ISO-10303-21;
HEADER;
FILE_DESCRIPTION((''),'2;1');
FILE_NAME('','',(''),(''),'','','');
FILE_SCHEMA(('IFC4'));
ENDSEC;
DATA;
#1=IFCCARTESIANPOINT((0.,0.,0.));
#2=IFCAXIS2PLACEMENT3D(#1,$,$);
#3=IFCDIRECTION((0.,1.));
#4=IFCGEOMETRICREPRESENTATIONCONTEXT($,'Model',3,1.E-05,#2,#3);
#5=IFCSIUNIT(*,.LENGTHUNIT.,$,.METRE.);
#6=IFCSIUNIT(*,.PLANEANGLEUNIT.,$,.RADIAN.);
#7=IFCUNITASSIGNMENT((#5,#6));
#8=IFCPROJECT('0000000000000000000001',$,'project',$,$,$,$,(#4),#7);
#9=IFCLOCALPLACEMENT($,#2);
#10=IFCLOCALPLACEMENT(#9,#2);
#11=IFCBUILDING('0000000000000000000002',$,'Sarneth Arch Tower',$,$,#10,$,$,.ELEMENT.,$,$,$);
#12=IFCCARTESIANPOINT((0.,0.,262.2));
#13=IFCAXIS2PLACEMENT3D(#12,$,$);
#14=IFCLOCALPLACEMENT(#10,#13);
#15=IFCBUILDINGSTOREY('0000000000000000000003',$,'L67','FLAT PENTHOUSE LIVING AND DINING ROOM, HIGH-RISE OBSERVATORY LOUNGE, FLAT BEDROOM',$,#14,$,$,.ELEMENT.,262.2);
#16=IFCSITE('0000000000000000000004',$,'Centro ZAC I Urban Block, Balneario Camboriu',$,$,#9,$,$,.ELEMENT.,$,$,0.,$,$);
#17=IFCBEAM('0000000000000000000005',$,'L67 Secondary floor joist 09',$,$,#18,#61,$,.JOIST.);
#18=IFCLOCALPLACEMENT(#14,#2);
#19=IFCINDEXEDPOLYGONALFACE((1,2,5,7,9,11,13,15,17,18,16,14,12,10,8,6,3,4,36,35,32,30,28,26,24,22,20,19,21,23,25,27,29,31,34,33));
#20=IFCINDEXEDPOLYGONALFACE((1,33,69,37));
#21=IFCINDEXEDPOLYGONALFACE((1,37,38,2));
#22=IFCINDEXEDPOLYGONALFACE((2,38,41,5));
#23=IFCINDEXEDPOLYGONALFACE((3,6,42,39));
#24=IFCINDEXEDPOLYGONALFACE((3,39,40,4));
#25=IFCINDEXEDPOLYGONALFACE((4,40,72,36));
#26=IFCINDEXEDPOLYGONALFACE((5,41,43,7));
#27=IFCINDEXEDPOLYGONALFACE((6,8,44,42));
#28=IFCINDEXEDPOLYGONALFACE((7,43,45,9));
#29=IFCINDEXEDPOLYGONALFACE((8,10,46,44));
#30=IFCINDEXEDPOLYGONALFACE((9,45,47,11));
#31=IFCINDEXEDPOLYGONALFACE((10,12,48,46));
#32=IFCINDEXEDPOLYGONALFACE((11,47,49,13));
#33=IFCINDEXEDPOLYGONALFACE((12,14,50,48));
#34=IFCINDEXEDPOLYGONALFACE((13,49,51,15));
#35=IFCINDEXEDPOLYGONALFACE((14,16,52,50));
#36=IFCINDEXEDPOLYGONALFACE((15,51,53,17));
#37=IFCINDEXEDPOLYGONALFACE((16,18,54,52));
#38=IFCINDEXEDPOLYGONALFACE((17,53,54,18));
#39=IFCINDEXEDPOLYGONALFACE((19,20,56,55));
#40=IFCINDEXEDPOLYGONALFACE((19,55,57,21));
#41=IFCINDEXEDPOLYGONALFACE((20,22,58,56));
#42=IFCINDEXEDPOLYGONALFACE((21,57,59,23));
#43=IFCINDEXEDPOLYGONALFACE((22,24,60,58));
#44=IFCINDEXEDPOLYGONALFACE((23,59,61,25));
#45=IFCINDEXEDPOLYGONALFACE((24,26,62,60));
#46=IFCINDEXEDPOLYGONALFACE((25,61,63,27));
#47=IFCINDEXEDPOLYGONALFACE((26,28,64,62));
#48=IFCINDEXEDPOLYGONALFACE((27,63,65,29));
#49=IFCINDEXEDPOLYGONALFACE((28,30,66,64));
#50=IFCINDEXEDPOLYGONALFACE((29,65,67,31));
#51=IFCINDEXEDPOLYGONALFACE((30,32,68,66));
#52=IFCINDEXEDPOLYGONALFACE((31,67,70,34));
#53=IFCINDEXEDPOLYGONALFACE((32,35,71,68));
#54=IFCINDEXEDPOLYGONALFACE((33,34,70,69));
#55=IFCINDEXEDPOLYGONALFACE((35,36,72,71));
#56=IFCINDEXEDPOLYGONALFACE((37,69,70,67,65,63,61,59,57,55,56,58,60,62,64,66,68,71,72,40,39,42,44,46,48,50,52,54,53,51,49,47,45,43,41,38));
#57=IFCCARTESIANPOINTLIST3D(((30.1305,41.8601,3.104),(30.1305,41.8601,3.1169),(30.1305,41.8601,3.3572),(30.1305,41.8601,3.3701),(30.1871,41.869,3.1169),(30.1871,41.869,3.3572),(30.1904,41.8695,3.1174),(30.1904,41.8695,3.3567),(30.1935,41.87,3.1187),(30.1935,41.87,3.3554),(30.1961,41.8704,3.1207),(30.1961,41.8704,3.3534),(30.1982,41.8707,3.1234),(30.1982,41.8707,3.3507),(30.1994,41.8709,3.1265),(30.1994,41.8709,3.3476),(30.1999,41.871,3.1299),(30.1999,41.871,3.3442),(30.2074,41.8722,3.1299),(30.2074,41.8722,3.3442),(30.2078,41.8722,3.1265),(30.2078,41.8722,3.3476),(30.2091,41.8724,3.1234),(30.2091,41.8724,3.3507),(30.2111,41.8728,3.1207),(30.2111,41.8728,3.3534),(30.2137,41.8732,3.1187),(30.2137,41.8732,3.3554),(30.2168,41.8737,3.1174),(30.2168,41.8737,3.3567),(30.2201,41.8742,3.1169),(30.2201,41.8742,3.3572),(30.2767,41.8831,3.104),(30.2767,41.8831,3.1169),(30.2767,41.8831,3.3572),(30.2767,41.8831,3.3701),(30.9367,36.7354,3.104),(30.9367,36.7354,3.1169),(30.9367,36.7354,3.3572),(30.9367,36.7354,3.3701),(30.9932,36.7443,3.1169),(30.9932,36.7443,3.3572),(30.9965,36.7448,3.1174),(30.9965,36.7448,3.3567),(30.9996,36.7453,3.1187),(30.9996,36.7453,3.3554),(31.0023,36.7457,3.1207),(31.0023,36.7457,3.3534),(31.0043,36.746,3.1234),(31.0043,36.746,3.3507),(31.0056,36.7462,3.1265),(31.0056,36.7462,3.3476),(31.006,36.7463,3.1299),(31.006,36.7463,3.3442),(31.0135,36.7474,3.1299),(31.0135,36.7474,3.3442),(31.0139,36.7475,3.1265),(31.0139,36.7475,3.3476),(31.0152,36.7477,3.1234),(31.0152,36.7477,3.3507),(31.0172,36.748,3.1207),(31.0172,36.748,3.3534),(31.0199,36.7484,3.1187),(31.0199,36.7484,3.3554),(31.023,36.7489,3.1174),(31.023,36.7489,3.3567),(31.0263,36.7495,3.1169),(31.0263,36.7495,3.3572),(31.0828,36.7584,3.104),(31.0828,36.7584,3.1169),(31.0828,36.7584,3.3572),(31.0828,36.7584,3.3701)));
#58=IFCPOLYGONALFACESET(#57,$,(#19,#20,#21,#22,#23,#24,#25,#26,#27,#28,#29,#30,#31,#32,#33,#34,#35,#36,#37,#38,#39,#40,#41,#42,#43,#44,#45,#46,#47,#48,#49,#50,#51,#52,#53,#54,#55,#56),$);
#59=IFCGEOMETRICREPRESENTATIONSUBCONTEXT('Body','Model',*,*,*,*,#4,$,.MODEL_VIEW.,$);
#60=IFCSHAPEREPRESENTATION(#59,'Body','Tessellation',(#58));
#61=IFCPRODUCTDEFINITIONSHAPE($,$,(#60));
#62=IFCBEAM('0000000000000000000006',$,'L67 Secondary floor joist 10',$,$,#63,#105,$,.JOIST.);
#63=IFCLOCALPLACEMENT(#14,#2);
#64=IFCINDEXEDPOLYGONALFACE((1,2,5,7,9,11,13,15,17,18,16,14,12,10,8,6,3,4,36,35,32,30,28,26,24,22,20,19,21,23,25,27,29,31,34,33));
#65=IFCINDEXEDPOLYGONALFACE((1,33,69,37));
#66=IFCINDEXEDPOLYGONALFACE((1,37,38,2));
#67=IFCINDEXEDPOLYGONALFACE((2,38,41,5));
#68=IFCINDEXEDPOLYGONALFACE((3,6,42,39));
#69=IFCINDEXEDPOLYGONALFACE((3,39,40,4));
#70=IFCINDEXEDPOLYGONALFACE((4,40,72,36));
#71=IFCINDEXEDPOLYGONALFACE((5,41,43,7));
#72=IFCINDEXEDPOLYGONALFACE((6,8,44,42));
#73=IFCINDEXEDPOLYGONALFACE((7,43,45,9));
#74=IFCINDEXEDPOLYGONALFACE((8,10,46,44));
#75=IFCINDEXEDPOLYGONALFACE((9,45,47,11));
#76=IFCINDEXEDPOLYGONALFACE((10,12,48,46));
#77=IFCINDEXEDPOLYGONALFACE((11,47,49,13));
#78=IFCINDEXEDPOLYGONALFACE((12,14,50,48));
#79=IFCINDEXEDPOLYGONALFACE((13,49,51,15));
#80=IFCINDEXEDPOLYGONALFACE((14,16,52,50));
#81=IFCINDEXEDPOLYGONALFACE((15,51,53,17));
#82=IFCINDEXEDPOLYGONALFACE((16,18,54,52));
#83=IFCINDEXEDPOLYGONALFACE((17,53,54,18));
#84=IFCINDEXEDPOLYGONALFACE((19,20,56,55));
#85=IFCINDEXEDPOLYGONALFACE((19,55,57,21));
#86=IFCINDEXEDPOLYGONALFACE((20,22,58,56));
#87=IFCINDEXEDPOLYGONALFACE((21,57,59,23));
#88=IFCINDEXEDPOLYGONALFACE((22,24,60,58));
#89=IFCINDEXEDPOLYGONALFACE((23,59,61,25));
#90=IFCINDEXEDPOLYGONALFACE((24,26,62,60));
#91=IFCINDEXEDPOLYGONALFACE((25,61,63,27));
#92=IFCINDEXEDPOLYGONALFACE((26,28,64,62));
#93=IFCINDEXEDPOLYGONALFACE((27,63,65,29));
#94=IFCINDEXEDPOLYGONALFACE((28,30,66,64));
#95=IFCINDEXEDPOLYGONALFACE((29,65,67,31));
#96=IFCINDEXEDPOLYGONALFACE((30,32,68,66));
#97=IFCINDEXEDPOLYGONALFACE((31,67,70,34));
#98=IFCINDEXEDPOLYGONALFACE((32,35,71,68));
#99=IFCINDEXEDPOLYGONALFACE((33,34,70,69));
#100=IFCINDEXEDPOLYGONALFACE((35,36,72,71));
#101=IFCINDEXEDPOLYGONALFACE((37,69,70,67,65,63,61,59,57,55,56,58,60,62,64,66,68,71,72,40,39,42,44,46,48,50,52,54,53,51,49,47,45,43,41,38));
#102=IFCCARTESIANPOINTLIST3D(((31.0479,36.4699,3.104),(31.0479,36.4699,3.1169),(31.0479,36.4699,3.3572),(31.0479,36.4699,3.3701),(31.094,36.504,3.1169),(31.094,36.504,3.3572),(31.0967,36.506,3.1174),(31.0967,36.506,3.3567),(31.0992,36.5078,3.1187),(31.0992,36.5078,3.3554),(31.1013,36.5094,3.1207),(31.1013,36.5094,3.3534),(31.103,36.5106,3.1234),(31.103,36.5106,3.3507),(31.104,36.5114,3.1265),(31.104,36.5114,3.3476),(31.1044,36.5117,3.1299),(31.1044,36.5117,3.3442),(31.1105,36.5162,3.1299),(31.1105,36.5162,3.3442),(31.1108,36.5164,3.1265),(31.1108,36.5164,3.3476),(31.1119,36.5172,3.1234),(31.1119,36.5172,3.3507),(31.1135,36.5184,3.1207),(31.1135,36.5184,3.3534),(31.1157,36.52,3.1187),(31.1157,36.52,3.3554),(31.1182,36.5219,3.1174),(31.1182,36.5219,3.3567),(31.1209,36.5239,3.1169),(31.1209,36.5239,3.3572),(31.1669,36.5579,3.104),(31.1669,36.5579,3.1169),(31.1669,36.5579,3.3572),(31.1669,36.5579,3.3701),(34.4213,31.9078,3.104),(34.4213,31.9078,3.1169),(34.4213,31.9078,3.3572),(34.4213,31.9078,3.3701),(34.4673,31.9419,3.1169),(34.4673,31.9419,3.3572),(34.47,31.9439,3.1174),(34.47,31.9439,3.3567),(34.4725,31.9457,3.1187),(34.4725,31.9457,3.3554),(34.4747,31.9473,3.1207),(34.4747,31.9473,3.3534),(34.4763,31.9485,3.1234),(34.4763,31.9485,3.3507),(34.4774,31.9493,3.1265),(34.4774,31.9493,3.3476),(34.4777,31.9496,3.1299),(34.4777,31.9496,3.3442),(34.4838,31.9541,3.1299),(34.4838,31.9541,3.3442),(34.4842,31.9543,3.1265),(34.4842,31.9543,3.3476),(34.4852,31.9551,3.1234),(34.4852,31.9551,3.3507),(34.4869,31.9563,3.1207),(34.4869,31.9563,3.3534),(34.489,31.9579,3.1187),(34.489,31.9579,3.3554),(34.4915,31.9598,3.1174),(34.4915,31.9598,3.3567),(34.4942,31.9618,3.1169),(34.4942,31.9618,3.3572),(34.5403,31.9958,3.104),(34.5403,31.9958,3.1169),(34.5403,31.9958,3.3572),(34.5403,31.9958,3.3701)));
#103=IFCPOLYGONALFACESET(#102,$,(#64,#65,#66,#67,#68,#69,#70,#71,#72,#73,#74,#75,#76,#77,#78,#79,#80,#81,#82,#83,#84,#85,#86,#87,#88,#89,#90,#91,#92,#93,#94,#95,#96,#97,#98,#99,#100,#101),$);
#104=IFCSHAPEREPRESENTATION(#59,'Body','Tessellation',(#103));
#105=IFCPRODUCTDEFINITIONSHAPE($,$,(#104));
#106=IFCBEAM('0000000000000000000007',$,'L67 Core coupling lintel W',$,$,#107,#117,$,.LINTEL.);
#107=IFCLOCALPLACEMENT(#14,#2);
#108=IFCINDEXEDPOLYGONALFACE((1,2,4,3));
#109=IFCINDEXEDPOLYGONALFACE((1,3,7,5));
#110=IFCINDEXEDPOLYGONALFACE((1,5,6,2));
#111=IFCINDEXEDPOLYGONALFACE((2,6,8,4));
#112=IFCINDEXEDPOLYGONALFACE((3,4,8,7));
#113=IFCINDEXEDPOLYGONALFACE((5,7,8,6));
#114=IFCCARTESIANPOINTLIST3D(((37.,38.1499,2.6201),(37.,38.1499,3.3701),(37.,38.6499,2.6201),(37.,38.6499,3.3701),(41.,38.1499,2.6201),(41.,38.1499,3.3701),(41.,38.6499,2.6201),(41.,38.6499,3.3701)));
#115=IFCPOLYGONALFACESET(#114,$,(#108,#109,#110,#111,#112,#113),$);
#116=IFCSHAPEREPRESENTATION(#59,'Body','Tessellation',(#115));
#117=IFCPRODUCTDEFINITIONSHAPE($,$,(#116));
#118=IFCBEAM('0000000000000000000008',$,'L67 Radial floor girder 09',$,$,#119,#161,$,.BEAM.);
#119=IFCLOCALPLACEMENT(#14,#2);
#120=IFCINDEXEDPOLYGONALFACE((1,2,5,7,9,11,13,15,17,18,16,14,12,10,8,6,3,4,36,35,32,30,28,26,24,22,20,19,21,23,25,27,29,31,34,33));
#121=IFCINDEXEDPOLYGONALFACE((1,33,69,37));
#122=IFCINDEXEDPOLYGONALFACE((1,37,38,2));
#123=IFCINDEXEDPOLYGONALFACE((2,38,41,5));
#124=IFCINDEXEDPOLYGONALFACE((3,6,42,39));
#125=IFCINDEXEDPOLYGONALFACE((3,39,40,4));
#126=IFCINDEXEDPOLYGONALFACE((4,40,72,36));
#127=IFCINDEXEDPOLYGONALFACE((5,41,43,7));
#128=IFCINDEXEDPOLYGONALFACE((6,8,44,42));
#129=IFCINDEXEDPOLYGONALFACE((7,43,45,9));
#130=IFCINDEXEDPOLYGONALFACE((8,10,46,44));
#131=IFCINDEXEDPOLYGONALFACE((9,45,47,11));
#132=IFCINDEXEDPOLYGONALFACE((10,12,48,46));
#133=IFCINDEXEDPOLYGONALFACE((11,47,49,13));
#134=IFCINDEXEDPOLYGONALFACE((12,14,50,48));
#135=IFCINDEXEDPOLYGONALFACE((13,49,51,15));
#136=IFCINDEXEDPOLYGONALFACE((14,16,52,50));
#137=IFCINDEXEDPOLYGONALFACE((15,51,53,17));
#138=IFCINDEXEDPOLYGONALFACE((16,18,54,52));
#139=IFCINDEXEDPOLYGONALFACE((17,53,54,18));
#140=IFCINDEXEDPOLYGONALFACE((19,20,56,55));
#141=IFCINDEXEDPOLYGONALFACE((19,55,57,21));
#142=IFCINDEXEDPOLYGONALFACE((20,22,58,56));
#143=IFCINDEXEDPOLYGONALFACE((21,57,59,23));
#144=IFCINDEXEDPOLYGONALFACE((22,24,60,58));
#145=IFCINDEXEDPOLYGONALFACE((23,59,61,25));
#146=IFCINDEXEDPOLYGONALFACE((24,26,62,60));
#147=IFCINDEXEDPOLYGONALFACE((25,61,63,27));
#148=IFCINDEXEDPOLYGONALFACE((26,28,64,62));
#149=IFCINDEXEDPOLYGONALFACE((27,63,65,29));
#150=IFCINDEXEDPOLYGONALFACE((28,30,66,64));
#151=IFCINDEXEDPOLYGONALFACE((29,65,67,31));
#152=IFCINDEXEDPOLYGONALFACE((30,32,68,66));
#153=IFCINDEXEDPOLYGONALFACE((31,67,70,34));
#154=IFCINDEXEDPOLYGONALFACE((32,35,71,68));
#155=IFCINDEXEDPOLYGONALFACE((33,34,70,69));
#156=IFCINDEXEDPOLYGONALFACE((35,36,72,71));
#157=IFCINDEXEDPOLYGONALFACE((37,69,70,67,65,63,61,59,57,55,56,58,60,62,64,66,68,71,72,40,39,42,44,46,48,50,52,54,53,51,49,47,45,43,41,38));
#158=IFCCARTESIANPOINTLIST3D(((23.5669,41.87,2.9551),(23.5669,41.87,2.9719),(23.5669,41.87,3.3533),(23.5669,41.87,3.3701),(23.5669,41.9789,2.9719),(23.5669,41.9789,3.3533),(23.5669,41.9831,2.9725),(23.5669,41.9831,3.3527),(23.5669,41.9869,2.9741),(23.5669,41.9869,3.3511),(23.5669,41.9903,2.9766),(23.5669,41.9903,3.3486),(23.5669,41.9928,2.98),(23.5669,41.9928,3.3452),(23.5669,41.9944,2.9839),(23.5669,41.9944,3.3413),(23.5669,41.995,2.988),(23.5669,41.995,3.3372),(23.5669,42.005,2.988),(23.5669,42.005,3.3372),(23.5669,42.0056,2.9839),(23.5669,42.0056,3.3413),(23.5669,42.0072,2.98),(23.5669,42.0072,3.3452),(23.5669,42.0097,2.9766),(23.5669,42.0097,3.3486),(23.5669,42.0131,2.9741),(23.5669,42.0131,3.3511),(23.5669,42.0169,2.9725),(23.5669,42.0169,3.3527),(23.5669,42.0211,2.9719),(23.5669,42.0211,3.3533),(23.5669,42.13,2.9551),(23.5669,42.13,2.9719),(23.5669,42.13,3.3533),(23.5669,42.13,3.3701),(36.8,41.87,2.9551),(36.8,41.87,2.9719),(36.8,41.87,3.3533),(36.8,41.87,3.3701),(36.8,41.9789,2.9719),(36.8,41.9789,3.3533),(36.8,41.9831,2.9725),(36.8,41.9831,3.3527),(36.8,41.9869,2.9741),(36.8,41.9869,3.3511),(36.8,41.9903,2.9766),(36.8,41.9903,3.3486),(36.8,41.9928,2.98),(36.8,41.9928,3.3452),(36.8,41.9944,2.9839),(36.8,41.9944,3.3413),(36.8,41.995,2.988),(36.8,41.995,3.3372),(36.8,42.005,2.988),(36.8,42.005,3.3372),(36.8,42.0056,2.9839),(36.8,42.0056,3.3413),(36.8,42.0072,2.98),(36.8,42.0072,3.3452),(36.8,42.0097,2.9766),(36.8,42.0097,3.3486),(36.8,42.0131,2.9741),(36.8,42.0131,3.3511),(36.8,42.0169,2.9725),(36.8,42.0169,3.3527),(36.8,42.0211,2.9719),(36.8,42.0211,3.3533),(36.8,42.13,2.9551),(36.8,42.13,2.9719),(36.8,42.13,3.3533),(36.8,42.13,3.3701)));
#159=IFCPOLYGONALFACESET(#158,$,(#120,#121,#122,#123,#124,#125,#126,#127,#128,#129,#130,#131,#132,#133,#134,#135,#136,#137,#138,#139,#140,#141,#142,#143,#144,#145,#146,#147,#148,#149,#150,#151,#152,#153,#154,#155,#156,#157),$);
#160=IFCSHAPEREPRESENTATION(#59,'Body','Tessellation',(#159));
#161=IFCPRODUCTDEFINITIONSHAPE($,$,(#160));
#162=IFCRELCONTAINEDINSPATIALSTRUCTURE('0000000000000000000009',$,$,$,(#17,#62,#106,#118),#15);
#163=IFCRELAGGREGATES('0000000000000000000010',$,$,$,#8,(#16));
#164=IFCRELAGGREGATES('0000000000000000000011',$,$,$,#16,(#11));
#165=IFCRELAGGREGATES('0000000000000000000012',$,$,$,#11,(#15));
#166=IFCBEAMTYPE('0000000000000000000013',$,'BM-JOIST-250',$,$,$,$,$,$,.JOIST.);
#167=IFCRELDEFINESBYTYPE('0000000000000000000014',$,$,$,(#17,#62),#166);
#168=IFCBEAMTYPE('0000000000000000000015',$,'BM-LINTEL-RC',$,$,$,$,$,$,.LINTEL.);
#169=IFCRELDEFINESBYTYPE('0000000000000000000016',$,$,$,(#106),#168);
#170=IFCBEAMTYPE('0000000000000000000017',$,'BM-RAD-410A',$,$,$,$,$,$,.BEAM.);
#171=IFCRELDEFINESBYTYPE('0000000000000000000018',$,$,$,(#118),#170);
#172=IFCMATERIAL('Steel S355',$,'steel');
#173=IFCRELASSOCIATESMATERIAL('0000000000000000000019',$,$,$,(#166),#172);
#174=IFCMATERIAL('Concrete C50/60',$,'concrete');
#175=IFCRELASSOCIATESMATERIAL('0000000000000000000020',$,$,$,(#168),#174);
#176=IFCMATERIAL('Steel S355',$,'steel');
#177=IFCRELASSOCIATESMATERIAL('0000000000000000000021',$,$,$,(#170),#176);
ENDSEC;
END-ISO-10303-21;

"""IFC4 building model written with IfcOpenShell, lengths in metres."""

from ifc_helpers import new_model, si_unit, direction, frame, origin, origin_2d, place, context, subcontext, project, spatial, rectangle, i_section, extrude, material, material_profile, profile_set, type_object, element, save


model = new_model("IFC4")

# Units and contexts
model_context = context("Model", 3, precision=1e-05, world=origin(), true_north=direction((0.0, 1.0)))
body_context = subcontext(model_context, "Body", "Model", "MODEL_VIEW")
ifc_project = project(units=[si_unit("LENGTHUNIT", "METRE"), si_unit("PLANEANGLEUNIT", "RADIAN")], contexts=[model_context])

# Site, building, storey
site_placement = place(None, origin())
site = spatial("IfcSite", under=ifc_project, at=site_placement, Name="Centro ZAC I Urban Block, Balneario Camboriu", CompositionType="ELEMENT", RefElevation=0.0)
building_placement = place(site_placement, origin())
building = spatial("IfcBuilding", under=site, at=building_placement, Name="Sarneth Arch Tower", CompositionType="ELEMENT")
storey_placement = place(building_placement, frame((0.0, 0.0, 262.2)))
storey = spatial("IfcBuildingStorey", under=building, at=storey_placement, Name="L67", Description="FLAT PENTHOUSE LIVING AND DINING ROOM, HIGH-RISE OBSERVATORY LOUNGE, FLAT BEDROOM", CompositionType="ELEMENT", Elevation=262.2)

# Beams
ifc_material_1 = material(Name="Steel S355", Category="steel")
ifc_material_profile_1 = material_profile(ifc_material_1, i_section(OverallWidth=0.1479, OverallDepth=0.2661, WebThickness=0.0076, FlangeThickness=0.0129, FilletRadius=0.0129, at=origin_2d()), Name="W250x44.8")
ifc_profile_set_1 = profile_set([ifc_material_profile_1], Name="Steel S355")
beam_type_1 = type_object("IfcBeamType", Name="BM-JOIST-250", PredefinedType="JOIST", material=ifc_profile_set_1)
beam_1_placement = place(storey_placement, frame((30.2036, 41.8716, 3.2371), z_axis=(0.155395, -0.987852, 0.0), x_axis=(0.987852, 0.155395, 0.0)))
element("IfcBeam", 1, at=beam_1_placement, inside=storey, type_object=beam_type_1, Name="L67 Secondary floor joist 09", PredefinedType="JOIST", context=body_context, shape_type="SweptSolid", body=[
    extrude(i_section(OverallWidth=0.1479, OverallDepth=0.2661, WebThickness=0.0076, FlangeThickness=0.0129, FilletRadius=0.0129, at=origin_2d()), origin(), (0.0, 0.0, 1.0), 5.1877),
])
beam_2_placement = place(storey_placement, frame((31.1074, 36.5139, 3.2371), z_axis=(0.594547, -0.804061, 0.0), x_axis=(0.804061, 0.594547, 0.0)))
element("IfcBeam", 2, at=beam_2_placement, inside=storey, type_object=beam_type_1, Name="L67 Secondary floor joist 10", PredefinedType="JOIST", context=body_context, shape_type="SweptSolid", body=[
    extrude(i_section(OverallWidth=0.1479, OverallDepth=0.2661, WebThickness=0.0076, FlangeThickness=0.0129, FilletRadius=0.0129, at=origin_2d()), origin(), (0.0, 0.0, 1.0), 5.6738),
])
ifc_material_2 = material(Name="Concrete C50/60", Category="concrete")
ifc_material_profile_2 = material_profile(ifc_material_2, rectangle(XDim=0.5, YDim=0.75, at=origin_2d()), Name="RC-500x750")
ifc_profile_set_2 = profile_set([ifc_material_profile_2], Name="Concrete C50/60")
beam_type_2 = type_object("IfcBeamType", Name="BM-LINTEL-RC", PredefinedType="LINTEL", material=ifc_profile_set_2)
beam_3_placement = place(storey_placement, frame((37.0, 38.3999, 2.9951), z_axis=(1.0, 0.0, 0.0), x_axis=(0.0, 1.0, 0.0)))
element("IfcBeam", 3, at=beam_3_placement, inside=storey, type_object=beam_type_2, Name="L67 Core coupling lintel W", PredefinedType="LINTEL", context=body_context, shape_type="SweptSolid", body=[
    extrude(rectangle(XDim=0.5, YDim=0.75, at=origin_2d()), origin(), (0.0, 0.0, 1.0), 4.0),
])
ifc_material_3 = material(Name="Steel S355", Category="steel")
ifc_material_profile_3 = material_profile(ifc_material_3, i_section(OverallWidth=0.26, OverallDepth=0.415, WebThickness=0.01, FlangeThickness=0.0168, FilletRadius=0.0161, at=origin_2d()), Name="W410x100")
ifc_profile_set_3 = profile_set([ifc_material_profile_3], Name="Steel S355")
beam_type_3 = type_object("IfcBeamType", Name="BM-RAD-410A", PredefinedType="BEAM", material=ifc_profile_set_3)
beam_4_placement = place(storey_placement, frame((36.8, 42.0, 3.1626), z_axis=(-1.0, 0.0, 0.0), x_axis=(0.0, -1.0, 0.0)))
element("IfcBeam", 4, at=beam_4_placement, inside=storey, type_object=beam_type_3, Name="L67 Radial floor girder 09", PredefinedType="BEAM", context=body_context, shape_type="SweptSolid", body=[
    extrude(i_section(OverallWidth=0.26, OverallDepth=0.415, WebThickness=0.01, FlangeThickness=0.0168, FilletRadius=0.0161, at=origin_2d()), origin(), (0.0, 0.0, 1.0), 13.2332),
])

save(model, "model.ifc")
